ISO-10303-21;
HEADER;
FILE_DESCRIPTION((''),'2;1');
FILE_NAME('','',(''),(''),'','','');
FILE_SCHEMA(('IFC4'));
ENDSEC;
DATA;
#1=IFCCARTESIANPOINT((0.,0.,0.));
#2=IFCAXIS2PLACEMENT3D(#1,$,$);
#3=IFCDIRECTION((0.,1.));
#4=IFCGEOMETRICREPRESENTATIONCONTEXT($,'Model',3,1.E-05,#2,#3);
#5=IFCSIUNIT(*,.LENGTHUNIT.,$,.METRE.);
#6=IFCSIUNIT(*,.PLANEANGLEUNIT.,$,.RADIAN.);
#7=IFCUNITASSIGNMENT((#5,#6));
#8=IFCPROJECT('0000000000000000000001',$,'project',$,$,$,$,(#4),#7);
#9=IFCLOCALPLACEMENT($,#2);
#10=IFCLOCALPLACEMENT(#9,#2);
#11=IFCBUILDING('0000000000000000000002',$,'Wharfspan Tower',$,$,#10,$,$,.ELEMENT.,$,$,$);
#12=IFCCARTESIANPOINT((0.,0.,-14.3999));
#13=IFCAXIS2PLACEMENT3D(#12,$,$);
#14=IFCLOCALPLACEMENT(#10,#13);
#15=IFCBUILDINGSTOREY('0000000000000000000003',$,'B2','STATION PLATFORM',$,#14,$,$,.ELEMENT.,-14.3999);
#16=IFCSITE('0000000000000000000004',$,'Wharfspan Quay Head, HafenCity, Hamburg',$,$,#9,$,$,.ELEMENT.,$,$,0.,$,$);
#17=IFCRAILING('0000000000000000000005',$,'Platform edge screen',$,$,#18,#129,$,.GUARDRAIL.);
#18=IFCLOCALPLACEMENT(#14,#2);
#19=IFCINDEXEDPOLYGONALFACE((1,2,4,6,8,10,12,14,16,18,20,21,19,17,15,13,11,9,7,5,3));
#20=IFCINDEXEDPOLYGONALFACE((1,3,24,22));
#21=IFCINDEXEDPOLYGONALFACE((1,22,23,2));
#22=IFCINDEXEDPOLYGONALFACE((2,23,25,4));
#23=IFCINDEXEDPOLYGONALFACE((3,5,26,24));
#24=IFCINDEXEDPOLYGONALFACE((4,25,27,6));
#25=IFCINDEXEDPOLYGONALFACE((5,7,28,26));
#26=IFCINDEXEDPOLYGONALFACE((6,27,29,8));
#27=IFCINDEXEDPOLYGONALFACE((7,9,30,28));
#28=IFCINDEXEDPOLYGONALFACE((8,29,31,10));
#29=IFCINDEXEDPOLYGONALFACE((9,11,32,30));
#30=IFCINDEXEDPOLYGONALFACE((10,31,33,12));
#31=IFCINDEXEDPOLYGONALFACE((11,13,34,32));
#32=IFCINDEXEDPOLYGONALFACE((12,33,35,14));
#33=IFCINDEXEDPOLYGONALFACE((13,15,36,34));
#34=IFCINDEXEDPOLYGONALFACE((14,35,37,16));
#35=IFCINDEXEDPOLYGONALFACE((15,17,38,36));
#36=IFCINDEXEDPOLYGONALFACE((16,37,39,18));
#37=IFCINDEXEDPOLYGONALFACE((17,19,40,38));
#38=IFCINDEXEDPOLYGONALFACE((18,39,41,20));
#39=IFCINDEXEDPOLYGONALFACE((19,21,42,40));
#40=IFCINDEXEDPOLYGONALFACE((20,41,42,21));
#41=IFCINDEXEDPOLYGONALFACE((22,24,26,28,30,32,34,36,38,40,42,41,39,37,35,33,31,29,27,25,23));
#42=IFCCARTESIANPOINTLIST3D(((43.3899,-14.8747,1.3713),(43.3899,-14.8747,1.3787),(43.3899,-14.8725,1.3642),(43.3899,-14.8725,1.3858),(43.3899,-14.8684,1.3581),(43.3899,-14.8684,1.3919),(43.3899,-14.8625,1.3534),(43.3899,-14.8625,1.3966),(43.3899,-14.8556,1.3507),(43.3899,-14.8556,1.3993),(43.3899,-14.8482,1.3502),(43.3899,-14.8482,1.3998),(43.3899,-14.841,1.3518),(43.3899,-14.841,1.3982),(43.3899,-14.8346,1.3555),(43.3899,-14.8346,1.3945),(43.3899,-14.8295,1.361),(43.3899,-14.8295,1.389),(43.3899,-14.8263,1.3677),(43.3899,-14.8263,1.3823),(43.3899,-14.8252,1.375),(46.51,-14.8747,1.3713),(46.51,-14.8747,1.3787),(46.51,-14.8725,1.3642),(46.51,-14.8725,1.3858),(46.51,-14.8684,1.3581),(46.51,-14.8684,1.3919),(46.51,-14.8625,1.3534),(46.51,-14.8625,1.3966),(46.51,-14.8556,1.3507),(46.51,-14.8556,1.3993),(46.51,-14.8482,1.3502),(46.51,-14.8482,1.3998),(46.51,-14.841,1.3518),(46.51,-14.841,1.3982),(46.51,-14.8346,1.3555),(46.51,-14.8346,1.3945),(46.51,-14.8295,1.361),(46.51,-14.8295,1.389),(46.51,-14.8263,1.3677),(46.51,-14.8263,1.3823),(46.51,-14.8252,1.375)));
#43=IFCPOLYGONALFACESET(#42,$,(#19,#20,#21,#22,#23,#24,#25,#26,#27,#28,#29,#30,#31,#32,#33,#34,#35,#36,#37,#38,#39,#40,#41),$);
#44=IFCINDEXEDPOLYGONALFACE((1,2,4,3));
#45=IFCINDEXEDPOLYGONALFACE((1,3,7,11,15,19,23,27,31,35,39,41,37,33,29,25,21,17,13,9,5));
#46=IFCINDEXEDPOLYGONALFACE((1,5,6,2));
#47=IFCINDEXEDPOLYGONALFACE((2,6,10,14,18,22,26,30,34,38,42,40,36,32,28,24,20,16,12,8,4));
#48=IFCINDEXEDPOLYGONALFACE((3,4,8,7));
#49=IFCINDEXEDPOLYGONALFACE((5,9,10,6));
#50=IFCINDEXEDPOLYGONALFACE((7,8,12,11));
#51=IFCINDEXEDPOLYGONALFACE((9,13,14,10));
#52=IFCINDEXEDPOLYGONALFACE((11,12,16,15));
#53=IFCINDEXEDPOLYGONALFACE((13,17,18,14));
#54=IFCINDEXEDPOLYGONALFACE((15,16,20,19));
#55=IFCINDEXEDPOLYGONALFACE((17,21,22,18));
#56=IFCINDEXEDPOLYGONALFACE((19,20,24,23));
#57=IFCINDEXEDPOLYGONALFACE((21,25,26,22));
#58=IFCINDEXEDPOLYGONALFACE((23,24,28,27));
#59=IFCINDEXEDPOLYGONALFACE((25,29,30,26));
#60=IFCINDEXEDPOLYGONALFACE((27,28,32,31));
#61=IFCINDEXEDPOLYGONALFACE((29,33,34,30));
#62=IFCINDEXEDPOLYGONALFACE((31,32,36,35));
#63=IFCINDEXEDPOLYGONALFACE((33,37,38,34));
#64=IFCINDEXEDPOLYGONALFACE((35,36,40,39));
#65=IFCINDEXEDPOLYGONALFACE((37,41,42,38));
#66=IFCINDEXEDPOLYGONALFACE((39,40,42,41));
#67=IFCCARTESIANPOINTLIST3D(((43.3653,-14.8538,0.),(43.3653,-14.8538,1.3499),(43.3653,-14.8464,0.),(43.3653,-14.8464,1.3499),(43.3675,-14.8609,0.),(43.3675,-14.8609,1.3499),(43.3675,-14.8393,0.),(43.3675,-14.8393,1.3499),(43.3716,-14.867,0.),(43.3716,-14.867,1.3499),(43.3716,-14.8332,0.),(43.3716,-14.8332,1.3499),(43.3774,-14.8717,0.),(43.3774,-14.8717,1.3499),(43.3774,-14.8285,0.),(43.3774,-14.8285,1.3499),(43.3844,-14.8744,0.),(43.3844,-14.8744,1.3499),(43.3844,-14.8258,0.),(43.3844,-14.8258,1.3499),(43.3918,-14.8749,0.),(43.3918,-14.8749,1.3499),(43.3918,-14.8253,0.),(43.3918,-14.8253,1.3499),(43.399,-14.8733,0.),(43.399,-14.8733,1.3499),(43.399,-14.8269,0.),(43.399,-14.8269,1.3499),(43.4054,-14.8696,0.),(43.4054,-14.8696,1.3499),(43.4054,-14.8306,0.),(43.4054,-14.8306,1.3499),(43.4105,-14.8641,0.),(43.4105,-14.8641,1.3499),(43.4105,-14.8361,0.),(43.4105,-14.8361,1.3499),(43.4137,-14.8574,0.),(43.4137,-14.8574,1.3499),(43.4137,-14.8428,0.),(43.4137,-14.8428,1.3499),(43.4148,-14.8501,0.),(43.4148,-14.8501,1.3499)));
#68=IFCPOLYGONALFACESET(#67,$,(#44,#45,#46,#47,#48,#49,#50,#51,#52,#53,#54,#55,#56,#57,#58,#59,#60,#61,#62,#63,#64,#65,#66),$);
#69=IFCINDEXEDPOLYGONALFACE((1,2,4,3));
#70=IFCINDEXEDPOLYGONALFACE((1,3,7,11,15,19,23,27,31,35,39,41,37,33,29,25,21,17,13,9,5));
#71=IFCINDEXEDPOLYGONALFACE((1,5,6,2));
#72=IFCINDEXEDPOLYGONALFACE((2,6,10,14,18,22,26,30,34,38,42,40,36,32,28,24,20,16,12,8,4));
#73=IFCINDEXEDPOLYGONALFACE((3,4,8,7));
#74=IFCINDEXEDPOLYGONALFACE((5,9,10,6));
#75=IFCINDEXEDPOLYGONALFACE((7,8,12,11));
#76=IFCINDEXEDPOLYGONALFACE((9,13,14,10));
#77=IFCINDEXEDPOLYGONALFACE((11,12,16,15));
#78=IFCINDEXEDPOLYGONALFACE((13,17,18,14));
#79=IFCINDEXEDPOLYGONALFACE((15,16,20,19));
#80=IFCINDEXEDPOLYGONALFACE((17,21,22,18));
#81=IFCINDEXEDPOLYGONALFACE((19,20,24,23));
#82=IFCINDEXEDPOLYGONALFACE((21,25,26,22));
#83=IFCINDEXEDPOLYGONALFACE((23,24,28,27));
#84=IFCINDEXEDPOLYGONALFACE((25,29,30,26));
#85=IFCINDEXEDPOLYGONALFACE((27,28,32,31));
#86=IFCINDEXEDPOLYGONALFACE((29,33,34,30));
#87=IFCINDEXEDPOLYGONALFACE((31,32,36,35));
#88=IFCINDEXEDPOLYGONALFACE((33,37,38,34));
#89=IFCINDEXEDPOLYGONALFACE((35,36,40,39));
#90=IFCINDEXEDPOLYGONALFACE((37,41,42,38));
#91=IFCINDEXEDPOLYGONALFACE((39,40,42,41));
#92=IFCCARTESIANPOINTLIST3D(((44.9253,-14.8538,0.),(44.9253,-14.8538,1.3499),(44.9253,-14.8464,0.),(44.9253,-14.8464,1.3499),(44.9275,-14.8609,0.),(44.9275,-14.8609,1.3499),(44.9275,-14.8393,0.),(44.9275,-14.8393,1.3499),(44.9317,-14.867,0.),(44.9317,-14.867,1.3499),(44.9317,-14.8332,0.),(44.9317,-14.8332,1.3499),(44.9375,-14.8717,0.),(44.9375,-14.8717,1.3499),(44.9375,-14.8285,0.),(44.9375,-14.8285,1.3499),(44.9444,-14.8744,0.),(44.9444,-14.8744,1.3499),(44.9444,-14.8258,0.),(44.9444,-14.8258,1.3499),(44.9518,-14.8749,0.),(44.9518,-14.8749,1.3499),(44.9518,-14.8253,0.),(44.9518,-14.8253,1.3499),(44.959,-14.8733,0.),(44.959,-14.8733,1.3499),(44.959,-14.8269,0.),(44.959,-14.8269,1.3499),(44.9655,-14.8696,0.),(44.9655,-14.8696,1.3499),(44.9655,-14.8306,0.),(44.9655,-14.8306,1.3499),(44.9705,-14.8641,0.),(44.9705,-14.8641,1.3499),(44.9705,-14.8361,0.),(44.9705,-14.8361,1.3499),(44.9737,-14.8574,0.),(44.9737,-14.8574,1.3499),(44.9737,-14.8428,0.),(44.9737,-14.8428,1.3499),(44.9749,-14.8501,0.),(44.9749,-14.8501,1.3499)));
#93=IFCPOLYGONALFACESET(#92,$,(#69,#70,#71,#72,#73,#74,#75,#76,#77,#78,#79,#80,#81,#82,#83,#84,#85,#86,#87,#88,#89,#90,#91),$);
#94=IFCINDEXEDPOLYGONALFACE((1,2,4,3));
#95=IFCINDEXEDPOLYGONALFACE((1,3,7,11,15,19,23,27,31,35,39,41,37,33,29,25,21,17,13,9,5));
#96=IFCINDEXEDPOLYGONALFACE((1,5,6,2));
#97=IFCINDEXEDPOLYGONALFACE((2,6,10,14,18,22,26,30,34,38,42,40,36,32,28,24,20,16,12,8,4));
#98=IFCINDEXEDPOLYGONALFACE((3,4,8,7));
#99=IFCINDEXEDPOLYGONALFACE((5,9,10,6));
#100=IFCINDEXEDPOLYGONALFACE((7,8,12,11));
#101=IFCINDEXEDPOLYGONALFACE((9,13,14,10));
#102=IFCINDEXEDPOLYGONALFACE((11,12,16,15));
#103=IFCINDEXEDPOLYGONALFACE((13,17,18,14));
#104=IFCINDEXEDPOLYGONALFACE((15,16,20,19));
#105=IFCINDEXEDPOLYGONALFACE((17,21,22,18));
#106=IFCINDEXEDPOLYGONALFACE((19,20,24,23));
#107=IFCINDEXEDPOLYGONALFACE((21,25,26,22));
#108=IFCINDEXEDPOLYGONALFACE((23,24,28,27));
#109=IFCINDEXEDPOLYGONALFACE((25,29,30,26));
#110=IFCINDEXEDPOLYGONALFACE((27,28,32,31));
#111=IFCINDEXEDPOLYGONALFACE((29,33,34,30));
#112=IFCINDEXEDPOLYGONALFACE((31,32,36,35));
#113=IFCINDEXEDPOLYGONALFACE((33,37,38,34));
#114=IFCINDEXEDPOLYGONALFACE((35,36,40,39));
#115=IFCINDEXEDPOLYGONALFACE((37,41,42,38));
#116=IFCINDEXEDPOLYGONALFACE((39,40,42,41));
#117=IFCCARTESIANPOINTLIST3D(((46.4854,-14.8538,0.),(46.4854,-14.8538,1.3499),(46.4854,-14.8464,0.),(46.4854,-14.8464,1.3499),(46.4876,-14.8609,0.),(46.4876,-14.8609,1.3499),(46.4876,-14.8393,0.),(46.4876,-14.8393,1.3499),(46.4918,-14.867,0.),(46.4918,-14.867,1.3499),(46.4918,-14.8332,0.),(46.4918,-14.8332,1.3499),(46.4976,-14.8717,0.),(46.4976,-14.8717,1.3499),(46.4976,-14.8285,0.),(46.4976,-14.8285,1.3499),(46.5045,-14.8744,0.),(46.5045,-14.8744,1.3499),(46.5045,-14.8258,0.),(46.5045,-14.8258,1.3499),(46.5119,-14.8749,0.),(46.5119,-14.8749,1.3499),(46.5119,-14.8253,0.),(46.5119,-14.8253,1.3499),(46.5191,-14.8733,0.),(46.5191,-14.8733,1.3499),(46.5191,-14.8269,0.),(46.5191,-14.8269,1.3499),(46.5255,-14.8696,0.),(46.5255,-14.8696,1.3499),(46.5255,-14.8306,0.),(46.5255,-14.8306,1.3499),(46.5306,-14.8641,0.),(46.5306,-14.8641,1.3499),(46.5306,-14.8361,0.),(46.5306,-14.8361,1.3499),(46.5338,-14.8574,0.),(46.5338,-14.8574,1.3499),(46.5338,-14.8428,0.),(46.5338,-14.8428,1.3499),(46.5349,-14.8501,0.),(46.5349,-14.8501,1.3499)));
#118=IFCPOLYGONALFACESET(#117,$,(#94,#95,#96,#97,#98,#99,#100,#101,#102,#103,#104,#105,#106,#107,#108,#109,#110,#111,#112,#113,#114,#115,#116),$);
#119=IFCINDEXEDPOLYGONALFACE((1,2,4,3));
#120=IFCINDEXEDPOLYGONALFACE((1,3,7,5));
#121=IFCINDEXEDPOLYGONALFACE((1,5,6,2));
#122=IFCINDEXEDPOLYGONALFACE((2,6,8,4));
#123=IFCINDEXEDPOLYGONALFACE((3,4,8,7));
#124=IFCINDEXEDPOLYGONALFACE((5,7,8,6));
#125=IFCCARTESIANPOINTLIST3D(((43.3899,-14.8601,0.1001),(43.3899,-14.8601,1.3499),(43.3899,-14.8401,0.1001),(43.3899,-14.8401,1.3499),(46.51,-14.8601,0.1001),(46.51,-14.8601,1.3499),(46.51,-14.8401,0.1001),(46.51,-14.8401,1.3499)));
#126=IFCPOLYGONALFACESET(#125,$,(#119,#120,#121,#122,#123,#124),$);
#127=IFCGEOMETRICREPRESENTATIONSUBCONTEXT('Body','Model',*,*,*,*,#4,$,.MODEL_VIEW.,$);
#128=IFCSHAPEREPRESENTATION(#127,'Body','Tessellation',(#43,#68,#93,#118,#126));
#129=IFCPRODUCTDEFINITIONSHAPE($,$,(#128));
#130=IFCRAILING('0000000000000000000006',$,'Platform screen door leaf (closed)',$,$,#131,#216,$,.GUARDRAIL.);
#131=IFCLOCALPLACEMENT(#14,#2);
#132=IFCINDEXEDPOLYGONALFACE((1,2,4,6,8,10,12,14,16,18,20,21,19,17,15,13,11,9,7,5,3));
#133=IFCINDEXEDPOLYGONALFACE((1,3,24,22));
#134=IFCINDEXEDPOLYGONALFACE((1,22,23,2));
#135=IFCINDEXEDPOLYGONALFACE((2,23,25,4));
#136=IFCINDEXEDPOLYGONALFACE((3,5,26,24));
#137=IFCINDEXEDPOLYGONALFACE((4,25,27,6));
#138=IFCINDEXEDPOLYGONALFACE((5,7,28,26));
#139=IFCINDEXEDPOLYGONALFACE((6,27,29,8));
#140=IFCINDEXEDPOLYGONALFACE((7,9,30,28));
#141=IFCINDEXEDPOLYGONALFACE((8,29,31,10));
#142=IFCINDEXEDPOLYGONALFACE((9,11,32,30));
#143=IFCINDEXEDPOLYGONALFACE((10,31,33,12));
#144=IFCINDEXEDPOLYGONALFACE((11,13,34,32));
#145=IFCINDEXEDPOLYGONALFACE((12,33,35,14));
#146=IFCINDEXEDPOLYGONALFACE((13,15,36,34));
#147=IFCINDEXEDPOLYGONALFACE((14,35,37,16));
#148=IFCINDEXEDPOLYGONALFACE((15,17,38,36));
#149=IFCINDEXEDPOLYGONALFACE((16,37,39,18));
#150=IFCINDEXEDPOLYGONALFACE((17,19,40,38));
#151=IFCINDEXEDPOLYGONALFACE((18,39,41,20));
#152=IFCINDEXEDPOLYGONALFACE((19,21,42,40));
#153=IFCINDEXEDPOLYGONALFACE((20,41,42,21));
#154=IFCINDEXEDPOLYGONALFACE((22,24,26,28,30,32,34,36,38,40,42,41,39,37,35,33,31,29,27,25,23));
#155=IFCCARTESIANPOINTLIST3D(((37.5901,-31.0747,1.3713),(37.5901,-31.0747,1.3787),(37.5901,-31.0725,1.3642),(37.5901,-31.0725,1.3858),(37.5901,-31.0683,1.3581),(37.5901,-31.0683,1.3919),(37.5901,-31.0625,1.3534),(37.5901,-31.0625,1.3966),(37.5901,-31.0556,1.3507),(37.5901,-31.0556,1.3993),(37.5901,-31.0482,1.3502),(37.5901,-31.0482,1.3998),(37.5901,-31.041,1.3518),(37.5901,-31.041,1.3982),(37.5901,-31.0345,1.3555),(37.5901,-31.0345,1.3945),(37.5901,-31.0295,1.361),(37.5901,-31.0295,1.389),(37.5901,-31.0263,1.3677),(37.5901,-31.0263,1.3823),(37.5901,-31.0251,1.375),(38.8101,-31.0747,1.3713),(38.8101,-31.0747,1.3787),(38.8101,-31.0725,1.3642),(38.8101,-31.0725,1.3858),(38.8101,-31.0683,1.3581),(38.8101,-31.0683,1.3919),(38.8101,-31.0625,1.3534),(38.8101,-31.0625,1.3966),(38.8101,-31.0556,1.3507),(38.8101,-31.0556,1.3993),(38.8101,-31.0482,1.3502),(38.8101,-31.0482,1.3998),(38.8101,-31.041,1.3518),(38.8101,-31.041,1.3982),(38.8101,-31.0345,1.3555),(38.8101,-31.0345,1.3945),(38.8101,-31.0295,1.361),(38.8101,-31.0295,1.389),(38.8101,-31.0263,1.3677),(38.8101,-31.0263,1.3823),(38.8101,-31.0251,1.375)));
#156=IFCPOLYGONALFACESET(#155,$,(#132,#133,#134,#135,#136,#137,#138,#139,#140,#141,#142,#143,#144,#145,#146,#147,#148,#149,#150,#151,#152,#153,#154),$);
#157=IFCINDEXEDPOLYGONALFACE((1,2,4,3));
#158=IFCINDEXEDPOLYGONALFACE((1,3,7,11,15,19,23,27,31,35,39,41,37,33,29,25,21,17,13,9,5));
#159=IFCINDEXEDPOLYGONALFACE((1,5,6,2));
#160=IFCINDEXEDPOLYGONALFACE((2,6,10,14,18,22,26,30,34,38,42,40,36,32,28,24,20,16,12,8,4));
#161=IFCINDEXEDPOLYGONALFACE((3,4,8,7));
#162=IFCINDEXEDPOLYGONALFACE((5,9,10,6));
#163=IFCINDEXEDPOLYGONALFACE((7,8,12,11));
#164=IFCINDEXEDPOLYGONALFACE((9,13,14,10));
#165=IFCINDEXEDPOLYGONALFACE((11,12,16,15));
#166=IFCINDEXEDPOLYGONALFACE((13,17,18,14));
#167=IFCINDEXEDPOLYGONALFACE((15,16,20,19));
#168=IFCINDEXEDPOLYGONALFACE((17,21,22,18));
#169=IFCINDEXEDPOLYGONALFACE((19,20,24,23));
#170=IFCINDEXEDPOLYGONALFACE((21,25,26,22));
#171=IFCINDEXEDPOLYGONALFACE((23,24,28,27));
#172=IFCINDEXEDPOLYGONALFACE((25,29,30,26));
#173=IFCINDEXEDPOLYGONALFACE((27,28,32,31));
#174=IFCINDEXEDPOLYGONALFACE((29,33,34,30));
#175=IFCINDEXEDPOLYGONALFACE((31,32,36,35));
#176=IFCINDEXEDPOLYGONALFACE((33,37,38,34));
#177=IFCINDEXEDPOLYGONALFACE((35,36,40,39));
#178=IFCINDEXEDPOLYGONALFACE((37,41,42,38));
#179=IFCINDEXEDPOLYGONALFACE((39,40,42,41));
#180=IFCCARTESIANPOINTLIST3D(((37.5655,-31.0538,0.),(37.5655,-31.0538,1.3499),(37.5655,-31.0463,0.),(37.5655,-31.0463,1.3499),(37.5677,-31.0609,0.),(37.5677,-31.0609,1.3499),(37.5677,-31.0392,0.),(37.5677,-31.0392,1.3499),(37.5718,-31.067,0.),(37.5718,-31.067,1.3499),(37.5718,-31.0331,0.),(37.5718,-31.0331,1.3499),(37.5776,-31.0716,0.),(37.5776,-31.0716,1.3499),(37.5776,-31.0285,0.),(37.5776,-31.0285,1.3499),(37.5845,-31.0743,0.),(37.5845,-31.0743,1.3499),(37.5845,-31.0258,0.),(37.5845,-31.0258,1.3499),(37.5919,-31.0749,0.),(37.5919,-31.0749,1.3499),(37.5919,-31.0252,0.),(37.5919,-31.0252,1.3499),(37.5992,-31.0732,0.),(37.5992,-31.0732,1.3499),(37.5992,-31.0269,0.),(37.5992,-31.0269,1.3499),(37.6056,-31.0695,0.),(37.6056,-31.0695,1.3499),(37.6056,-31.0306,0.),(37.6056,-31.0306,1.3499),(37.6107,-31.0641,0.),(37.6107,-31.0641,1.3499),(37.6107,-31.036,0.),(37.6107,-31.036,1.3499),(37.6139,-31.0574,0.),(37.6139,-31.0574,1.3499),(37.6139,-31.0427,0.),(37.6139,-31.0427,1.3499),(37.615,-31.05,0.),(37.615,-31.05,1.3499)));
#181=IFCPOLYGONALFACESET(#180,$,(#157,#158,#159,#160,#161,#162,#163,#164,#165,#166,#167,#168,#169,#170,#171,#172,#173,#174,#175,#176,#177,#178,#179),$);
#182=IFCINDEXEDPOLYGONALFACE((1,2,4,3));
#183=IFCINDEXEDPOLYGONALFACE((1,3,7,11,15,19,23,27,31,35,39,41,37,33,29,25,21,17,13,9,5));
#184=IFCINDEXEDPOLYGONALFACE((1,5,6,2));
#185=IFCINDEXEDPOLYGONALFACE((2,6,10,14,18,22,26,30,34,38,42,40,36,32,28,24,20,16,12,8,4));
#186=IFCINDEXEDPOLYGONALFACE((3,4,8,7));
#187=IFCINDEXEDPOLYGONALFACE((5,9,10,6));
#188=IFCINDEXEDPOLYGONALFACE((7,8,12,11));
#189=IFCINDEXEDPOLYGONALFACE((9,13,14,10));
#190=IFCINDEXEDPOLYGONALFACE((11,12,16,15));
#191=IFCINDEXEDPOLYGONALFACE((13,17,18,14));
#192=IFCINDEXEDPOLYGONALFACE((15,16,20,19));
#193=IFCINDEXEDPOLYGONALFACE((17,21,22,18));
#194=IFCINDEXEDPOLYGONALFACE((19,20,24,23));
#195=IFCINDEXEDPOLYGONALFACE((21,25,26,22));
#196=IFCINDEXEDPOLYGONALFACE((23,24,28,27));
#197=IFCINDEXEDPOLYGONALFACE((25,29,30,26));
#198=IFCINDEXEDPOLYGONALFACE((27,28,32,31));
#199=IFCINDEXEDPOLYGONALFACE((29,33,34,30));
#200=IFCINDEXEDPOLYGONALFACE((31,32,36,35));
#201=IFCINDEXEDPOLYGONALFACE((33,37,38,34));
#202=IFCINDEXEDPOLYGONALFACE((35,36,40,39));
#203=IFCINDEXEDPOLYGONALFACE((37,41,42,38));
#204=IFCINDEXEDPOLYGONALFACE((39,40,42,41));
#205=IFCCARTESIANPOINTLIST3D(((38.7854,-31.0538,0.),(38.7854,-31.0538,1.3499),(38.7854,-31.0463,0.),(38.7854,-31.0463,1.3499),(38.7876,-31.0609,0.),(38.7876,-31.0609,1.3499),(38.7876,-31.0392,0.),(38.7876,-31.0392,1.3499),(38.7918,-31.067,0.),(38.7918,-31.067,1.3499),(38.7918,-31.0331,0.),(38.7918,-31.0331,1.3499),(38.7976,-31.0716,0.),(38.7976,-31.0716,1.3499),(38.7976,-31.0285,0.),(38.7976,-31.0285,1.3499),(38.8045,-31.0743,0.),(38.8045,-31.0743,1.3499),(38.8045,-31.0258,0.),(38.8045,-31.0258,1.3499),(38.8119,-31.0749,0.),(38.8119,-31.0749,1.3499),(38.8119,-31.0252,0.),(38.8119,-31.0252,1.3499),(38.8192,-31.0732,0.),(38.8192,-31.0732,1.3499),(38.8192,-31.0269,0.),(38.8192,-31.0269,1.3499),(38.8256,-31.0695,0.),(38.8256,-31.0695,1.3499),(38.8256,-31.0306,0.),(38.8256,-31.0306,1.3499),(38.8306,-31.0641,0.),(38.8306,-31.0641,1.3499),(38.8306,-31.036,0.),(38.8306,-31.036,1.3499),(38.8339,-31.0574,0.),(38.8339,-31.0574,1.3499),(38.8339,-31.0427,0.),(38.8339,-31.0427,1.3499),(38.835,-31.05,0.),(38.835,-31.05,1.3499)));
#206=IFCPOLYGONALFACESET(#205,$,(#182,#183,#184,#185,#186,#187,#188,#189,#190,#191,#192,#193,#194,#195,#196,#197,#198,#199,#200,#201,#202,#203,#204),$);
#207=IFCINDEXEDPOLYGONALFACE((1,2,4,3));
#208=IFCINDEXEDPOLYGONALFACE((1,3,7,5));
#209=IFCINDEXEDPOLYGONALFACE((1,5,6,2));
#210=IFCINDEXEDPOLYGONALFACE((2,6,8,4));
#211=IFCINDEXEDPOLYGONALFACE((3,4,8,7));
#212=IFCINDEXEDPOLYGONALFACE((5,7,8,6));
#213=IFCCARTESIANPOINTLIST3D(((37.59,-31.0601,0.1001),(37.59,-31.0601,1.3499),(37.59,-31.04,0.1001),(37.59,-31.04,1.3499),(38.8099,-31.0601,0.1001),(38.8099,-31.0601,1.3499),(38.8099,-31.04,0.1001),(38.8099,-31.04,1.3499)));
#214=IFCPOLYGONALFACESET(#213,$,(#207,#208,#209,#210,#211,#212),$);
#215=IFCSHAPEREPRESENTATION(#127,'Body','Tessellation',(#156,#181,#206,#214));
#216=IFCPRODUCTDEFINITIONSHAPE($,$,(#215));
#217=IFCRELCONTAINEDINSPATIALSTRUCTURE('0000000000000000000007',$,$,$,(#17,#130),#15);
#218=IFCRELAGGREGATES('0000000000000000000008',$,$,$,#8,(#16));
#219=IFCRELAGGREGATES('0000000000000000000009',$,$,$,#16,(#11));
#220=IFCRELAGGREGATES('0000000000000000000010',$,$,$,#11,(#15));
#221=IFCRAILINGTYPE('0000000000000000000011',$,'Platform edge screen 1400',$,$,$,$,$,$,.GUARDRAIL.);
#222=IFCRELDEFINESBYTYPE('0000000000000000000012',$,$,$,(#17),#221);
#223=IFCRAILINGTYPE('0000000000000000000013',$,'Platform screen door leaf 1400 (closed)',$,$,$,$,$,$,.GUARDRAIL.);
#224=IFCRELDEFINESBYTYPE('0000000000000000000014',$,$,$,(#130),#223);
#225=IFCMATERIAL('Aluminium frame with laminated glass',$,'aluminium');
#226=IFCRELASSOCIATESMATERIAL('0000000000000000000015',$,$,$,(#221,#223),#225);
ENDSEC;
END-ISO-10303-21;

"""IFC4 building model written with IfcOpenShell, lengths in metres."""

from ifc_helpers import new_model, si_unit, direction, frame, origin, origin_2d, place, context, subcontext, project, spatial, rectangle, circle, extrude, material, type_object, element, save


model = new_model("IFC4")

# Units and contexts
model_context = context("Model", 3, precision=1e-05, world=origin(), true_north=direction((0.0, 1.0)))
body_context = subcontext(model_context, "Body", "Model", "MODEL_VIEW")
ifc_project = project(units=[si_unit("LENGTHUNIT", "METRE"), si_unit("PLANEANGLEUNIT", "RADIAN")], contexts=[model_context])

# Site, building, storey
site_placement = place(None, origin())
site = spatial("IfcSite", under=ifc_project, at=site_placement, Name="Wharfspan Quay Head, HafenCity, Hamburg", CompositionType="ELEMENT", RefElevation=0.0)
building_placement = place(site_placement, origin())
building = spatial("IfcBuilding", under=site, at=building_placement, Name="Wharfspan Tower", CompositionType="ELEMENT")
storey_placement = place(building_placement, frame((0.0, 0.0, -14.3999)))
storey = spatial("IfcBuildingStorey", under=building, at=storey_placement, Name="B2", Description="STATION PLATFORM", CompositionType="ELEMENT", Elevation=-14.3999)

# Railings
ifc_material_1 = material(Name="Aluminium frame with laminated glass", Category="aluminium")
railing_type_1 = type_object("IfcRailingType", Name="Platform edge screen 1400", PredefinedType="GUARDRAIL", material=ifc_material_1)
for number, where, name in (
    (1, (43.3899, -14.8501, 0.0), "Platform edge screen"),
):
    element("IfcRailing", number, at=place(storey_placement, frame(where)), inside=storey, type_object=railing_type_1, Name=name, PredefinedType="GUARDRAIL", context=body_context, shape_type="SweptSolid", body=[
        extrude(circle(Radius=0.0249, at=origin_2d()), frame((0.0, 0.0, 1.375), z_axis=(1.0, 0.0, 0.0), x_axis=(0.0, 1.0, 0.0)), (0.0, 0.0, 1.0), 3.1201),
        extrude(circle(Radius=0.0249, at=origin_2d()), origin(), (0.0, 0.0, 1.0), 1.3499),
        extrude(circle(Radius=0.0249, at=origin_2d()), frame((1.5601, 0.0, 0.0)), (0.0, 0.0, 1.0), 1.3499),
        extrude(circle(Radius=0.0249, at=origin_2d()), frame((3.1201, 0.0, 0.0)), (0.0, 0.0, 1.0), 1.3499),
        extrude(rectangle(XDim=3.1201, YDim=0.02, at=origin_2d()), frame((1.5601, 0.0, 0.1001), z_axis=(0.0, 0.0, 1.0), x_axis=(1.0, 0.0, 0.0)), (0.0, 0.0, 1.0), 1.2498),
    ])
railing_type_2 = type_object("IfcRailingType", Name="Platform screen door leaf 1400 (closed)", PredefinedType="GUARDRAIL", material=ifc_material_1)
for number, where, name in (
    (2, (37.5901, -31.05, 0.0), "Platform screen door leaf (closed)"),
):
    element("IfcRailing", number, at=place(storey_placement, frame(where)), inside=storey, type_object=railing_type_2, Name=name, PredefinedType="GUARDRAIL", context=body_context, shape_type="SweptSolid", body=[
        extrude(circle(Radius=0.0249, at=origin_2d()), frame((0.0, 0.0, 1.375), z_axis=(1.0, 0.0, 0.0), x_axis=(0.0, 1.0, 0.0)), (0.0, 0.0, 1.0), 1.22),
        extrude(circle(Radius=0.0249, at=origin_2d()), origin(), (0.0, 0.0, 1.0), 1.3499),
        extrude(circle(Radius=0.0249, at=origin_2d()), frame((1.22, 0.0, 0.0)), (0.0, 0.0, 1.0), 1.3499),
        extrude(rectangle(XDim=1.22, YDim=0.02, at=origin_2d()), frame((0.6099, 0.0, 0.1001), z_axis=(0.0, 0.0, 1.0), x_axis=(1.0, 0.0, 0.0)), (0.0, 0.0, 1.0), 1.2498),
    ])

save(model, "model.ifc")
